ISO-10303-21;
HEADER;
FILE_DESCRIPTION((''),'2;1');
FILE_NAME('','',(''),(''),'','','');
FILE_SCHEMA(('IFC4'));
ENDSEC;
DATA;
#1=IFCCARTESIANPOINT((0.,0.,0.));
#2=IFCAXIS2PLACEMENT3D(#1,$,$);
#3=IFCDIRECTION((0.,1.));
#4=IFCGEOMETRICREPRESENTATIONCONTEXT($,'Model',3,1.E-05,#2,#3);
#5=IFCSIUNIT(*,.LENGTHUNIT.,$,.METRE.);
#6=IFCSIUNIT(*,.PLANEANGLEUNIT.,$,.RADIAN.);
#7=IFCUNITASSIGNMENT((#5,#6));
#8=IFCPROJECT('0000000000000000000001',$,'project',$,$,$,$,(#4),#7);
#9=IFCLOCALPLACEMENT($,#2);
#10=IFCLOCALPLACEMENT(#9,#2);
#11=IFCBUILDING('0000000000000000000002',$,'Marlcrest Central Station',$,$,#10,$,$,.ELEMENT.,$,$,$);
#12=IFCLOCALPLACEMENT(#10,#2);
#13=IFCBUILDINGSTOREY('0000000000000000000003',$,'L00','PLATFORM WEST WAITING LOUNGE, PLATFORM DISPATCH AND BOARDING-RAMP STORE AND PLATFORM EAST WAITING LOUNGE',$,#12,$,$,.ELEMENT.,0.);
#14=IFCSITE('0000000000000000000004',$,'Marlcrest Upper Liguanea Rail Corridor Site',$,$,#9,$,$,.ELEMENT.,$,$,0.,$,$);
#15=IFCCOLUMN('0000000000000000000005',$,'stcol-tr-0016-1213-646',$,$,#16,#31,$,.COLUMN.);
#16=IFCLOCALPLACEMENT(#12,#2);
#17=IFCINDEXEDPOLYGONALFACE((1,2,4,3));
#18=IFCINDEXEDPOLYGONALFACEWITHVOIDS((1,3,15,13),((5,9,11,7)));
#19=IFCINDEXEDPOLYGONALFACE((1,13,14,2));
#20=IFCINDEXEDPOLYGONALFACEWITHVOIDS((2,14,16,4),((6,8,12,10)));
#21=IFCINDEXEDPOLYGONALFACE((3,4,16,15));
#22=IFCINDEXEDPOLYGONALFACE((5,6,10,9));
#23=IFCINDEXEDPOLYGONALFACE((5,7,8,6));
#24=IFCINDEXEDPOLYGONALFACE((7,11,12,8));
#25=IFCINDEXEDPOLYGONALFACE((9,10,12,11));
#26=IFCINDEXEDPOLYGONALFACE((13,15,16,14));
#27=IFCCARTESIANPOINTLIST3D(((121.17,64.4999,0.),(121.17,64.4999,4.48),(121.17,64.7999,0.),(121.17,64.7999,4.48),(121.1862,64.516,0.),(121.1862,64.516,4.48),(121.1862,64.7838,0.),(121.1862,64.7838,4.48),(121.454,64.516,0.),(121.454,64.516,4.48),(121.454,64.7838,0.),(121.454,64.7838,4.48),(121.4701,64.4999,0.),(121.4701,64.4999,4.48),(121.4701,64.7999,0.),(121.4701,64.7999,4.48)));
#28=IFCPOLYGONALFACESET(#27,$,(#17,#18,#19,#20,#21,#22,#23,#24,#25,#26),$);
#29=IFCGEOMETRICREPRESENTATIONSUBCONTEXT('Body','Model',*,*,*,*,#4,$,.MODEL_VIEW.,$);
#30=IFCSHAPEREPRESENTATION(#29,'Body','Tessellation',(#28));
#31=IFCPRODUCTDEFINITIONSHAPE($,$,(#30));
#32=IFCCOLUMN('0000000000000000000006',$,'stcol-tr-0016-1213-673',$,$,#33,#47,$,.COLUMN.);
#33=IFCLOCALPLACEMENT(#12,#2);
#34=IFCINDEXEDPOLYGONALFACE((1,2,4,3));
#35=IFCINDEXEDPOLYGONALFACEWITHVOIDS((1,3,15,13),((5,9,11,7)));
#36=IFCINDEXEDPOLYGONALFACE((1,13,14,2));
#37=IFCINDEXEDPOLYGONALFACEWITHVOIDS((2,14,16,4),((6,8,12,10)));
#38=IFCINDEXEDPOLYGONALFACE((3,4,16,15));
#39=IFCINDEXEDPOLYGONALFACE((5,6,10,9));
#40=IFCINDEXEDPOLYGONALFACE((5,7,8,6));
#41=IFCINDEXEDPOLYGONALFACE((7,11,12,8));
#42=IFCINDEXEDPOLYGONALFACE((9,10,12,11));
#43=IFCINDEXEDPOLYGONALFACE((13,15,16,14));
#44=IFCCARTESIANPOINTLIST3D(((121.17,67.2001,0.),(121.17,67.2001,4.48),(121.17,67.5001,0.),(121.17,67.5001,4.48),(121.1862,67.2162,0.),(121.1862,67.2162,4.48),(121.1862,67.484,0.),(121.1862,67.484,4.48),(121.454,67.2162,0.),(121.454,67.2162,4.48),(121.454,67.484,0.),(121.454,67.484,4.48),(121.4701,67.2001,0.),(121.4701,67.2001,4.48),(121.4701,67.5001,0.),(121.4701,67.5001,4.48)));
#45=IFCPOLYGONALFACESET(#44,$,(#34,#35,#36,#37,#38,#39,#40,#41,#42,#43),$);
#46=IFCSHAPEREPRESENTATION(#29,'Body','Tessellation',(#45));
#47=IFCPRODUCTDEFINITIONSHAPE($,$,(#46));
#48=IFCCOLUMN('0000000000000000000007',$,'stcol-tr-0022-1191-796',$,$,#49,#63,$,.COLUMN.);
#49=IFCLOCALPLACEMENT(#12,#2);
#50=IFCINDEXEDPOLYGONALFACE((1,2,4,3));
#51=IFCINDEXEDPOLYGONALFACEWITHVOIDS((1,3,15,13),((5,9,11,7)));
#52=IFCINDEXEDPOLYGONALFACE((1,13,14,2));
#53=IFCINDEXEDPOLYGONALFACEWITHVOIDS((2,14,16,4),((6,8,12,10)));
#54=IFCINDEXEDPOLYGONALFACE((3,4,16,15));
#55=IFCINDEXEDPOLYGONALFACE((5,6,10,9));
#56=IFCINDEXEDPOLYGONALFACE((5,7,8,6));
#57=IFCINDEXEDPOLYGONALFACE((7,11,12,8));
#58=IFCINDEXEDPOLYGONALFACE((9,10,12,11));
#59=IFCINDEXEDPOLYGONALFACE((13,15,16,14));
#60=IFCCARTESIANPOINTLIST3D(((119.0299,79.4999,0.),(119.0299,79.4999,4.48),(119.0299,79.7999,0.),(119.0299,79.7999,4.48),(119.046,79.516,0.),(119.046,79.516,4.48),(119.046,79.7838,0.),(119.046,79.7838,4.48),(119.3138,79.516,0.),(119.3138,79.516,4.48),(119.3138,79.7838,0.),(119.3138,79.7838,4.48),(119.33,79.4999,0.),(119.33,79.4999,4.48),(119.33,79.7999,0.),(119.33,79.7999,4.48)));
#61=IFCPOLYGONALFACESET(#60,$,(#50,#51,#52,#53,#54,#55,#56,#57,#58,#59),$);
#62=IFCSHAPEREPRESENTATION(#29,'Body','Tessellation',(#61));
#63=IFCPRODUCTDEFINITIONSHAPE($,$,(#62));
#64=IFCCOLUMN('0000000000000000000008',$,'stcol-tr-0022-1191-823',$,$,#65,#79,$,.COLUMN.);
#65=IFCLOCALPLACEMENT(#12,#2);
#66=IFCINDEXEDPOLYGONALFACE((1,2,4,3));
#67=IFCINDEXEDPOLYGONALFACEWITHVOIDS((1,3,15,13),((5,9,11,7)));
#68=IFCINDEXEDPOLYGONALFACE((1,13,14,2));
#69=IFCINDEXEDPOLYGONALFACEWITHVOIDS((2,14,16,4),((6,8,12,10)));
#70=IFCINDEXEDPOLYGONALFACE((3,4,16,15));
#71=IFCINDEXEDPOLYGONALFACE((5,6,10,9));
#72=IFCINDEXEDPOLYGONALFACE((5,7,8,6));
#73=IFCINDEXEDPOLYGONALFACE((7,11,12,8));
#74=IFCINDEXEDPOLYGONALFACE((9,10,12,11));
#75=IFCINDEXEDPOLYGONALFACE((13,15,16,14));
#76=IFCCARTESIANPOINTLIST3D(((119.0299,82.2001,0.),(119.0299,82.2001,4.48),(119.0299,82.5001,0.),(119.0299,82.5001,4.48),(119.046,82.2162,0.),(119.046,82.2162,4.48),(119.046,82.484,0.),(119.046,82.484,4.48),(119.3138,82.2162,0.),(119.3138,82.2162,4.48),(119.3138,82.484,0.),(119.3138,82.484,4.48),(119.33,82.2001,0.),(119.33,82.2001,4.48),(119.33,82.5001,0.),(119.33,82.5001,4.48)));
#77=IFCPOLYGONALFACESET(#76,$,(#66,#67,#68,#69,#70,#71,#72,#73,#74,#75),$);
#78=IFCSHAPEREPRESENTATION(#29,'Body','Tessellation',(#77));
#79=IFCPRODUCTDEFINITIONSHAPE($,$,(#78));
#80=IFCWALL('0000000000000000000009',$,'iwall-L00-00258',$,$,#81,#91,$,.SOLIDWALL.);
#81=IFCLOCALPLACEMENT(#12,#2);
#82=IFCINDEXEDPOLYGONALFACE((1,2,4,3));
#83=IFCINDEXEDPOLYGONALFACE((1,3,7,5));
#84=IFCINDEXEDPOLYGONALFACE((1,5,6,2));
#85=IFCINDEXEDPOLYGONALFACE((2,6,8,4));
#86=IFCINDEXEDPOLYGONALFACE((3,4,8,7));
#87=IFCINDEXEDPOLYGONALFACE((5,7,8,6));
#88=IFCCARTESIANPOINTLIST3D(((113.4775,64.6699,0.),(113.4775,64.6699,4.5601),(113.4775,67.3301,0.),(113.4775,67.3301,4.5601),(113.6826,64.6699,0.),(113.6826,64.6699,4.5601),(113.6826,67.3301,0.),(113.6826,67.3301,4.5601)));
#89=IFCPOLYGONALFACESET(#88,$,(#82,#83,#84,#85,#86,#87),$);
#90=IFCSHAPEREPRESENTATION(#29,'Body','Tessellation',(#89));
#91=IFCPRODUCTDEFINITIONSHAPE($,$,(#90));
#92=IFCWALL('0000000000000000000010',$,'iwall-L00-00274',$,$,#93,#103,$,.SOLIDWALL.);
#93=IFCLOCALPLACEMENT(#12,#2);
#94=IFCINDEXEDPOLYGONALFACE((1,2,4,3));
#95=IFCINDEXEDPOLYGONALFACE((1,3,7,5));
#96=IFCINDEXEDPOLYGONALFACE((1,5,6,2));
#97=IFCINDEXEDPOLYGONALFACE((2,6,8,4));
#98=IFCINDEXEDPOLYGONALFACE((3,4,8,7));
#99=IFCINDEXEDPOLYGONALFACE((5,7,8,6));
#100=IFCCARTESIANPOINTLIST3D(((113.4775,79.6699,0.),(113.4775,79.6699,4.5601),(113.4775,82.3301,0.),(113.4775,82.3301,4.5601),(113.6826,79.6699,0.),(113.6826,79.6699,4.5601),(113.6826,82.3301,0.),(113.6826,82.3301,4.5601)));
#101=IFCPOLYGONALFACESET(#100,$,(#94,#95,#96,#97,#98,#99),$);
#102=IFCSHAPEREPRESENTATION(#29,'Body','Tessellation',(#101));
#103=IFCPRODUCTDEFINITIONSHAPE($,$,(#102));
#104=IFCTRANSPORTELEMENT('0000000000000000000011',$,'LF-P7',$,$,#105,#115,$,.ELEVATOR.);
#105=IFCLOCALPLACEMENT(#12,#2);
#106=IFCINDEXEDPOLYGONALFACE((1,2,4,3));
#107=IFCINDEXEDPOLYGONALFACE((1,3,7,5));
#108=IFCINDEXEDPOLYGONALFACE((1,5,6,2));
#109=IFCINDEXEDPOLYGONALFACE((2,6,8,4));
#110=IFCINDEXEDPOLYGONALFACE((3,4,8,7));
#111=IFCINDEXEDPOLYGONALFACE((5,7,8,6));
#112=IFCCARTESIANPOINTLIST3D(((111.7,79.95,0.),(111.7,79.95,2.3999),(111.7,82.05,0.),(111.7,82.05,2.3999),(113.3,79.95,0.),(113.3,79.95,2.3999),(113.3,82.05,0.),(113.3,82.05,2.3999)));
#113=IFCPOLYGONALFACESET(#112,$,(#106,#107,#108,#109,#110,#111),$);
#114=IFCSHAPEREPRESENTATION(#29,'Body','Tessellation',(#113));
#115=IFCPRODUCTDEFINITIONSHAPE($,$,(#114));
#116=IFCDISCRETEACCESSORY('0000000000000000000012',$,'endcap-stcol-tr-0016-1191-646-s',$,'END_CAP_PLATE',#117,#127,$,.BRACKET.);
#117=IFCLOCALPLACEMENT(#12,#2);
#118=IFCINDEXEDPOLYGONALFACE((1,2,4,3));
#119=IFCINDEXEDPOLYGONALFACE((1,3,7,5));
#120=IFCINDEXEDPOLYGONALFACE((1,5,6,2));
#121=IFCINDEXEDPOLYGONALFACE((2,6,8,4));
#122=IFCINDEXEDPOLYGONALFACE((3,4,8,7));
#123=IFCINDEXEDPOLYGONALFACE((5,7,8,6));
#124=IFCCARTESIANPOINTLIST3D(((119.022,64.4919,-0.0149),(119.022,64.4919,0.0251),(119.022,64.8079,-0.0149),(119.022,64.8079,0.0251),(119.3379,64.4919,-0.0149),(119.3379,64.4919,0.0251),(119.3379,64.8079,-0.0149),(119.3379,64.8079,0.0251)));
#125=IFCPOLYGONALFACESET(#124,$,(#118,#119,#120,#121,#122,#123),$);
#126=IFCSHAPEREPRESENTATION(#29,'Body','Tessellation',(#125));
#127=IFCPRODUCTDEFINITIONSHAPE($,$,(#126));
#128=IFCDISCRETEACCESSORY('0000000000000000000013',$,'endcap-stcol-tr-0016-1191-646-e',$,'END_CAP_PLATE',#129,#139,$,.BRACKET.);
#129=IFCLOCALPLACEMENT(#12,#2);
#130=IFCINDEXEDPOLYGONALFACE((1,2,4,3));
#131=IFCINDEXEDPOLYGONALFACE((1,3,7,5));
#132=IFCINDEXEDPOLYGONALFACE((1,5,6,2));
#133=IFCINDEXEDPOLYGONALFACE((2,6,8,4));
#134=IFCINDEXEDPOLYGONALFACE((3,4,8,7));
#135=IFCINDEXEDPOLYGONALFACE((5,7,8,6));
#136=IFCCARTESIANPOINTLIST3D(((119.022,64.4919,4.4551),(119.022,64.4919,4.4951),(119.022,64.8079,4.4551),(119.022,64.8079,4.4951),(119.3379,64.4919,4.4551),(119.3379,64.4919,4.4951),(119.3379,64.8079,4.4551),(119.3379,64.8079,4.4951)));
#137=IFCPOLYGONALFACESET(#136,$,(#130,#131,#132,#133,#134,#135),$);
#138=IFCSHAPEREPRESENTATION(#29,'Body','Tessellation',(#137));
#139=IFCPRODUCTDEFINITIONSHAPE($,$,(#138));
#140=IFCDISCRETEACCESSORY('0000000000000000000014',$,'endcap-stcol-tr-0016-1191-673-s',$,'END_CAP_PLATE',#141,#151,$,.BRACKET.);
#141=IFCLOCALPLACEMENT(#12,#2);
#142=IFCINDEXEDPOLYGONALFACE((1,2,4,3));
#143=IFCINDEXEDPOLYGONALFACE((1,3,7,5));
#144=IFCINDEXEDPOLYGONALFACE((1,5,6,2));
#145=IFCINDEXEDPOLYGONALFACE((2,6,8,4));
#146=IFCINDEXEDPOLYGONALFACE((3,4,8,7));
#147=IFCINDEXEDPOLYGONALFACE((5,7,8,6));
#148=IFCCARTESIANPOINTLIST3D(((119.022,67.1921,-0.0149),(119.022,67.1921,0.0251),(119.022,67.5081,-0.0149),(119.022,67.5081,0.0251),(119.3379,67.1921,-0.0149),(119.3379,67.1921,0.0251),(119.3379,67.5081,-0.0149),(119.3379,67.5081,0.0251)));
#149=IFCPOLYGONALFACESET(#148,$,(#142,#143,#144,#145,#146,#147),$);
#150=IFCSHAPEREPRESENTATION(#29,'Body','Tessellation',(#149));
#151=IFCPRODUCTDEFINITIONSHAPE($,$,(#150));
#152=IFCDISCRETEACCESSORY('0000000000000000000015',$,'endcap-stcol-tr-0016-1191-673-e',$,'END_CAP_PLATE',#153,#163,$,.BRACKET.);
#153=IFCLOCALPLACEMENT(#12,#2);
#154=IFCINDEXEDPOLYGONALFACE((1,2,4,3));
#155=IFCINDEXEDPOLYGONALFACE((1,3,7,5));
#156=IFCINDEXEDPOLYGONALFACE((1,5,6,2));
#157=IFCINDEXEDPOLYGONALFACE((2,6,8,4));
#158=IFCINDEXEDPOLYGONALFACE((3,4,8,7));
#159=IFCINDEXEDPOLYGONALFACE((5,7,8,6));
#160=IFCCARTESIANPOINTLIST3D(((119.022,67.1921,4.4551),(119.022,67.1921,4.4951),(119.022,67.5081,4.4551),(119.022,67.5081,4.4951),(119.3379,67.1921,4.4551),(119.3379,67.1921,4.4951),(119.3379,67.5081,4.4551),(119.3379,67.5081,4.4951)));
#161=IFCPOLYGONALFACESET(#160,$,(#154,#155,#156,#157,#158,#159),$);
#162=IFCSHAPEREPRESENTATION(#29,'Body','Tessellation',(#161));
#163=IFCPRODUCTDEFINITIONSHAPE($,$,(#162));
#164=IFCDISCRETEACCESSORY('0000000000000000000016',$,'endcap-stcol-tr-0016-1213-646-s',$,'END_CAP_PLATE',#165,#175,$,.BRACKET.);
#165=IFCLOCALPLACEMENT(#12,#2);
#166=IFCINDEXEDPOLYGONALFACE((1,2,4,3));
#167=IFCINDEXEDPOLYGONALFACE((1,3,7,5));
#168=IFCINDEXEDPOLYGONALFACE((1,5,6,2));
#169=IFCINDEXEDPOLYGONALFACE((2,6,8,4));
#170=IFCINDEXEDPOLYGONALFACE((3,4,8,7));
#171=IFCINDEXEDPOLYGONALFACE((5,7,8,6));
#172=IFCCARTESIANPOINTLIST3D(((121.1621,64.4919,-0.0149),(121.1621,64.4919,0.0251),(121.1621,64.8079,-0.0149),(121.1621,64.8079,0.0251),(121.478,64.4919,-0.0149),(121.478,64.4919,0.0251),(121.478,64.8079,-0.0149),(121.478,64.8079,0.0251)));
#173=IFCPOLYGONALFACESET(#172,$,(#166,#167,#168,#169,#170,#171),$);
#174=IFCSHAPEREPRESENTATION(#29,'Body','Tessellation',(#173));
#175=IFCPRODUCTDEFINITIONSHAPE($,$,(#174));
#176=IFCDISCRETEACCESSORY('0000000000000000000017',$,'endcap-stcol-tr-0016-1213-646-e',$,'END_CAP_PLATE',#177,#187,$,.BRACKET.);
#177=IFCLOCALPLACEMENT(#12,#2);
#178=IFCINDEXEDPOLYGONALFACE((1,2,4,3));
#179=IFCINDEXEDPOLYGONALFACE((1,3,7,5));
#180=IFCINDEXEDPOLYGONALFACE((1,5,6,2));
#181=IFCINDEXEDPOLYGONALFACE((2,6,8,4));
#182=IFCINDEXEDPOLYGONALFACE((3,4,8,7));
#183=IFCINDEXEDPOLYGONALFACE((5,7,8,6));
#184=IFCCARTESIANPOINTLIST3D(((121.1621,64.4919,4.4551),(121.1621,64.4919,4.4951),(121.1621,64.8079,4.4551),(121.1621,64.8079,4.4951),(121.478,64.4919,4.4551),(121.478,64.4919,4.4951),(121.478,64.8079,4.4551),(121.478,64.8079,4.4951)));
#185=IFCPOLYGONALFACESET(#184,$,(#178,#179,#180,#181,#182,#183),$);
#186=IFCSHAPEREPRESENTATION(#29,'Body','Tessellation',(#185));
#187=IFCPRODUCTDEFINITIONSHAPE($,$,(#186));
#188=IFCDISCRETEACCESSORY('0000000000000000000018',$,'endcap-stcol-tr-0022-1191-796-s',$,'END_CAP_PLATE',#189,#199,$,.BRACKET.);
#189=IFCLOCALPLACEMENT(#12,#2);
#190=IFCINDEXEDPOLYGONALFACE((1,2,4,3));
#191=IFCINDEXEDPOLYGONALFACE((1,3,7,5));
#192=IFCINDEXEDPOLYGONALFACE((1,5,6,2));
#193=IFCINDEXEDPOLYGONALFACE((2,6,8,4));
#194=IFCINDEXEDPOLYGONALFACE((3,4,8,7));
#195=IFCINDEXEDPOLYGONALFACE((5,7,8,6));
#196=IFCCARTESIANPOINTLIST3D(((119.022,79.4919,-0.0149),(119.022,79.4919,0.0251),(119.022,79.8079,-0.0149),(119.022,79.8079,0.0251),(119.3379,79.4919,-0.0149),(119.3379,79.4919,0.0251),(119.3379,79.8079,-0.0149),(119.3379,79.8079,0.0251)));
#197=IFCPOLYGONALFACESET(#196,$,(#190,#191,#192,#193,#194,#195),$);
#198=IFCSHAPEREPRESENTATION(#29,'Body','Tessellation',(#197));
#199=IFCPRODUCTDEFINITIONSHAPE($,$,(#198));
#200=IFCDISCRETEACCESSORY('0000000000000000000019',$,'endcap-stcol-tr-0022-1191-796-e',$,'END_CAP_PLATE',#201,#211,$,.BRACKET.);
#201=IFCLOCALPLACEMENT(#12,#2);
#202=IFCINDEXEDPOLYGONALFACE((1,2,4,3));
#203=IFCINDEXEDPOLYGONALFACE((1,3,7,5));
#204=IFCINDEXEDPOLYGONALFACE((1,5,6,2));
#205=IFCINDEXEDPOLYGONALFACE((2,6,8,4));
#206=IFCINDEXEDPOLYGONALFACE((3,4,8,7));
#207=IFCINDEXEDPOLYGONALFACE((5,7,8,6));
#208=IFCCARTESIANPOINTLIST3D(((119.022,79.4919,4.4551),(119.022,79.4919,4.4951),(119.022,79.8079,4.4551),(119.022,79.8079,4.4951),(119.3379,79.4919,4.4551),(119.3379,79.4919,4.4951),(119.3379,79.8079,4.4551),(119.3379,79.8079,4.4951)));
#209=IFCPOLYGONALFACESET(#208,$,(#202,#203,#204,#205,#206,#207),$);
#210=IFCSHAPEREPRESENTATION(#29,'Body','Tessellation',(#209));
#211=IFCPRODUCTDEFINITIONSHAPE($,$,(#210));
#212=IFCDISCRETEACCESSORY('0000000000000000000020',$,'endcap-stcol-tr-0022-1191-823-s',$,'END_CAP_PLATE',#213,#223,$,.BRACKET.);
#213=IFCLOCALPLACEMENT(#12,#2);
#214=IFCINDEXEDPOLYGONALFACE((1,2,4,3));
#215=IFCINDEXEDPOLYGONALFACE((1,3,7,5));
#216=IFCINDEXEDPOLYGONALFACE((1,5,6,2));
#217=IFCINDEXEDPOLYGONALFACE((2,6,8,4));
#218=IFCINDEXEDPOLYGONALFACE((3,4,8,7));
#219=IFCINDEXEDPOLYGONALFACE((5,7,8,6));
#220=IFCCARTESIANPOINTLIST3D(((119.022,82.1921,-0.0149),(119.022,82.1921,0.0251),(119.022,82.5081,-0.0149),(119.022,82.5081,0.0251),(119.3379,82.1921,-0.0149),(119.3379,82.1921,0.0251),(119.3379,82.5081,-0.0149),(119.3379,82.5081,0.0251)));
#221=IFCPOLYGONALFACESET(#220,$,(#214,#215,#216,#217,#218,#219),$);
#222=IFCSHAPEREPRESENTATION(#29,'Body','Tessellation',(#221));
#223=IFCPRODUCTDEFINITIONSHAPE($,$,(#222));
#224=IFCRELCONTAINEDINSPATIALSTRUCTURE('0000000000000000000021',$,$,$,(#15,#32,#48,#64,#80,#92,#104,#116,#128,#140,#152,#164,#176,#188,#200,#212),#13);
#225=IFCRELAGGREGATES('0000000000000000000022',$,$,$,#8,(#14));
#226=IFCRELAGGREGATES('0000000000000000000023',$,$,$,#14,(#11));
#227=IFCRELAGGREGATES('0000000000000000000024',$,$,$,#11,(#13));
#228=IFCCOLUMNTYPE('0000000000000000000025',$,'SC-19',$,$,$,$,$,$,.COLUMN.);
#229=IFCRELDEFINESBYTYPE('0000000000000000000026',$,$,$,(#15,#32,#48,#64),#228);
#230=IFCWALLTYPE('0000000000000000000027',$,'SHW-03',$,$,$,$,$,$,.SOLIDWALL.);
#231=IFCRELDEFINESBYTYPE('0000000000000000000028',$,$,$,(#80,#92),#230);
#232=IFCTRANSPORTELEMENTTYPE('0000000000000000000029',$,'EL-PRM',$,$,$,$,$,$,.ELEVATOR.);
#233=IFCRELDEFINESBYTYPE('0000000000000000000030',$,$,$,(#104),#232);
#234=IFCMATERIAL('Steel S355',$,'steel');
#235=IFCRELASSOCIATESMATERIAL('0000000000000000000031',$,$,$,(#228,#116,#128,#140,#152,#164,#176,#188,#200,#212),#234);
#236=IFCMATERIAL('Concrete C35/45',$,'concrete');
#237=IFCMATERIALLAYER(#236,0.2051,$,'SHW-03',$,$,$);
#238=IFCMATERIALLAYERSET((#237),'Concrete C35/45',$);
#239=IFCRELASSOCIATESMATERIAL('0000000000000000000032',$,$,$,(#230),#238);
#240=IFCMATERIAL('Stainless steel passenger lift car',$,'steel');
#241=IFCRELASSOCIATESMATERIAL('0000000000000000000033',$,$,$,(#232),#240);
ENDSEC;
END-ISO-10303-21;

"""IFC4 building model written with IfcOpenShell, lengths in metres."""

from ifc_helpers import new_model, si_unit, direction, frame, frame_2d, origin, origin_2d, place, context, subcontext, project, spatial, rectangle, hollow_rectangle, extrude, material, layer, layer_set, material_profile, profile_set, type_object, element, save


model = new_model("IFC4")

# Units and contexts
model_context = context("Model", 3, precision=1e-05, world=origin(), true_north=direction((0.0, 1.0)))
body_context = subcontext(model_context, "Body", "Model", "MODEL_VIEW")
ifc_project = project(units=[si_unit("LENGTHUNIT", "METRE"), si_unit("PLANEANGLEUNIT", "RADIAN")], contexts=[model_context])

# Site, building, storey
site_placement = place(None, origin())
site = spatial("IfcSite", under=ifc_project, at=site_placement, Name="Marlcrest Upper Liguanea Rail Corridor Site", CompositionType="ELEMENT", RefElevation=0.0)
building_placement = place(site_placement, origin())
building = spatial("IfcBuilding", under=site, at=building_placement, Name="Marlcrest Central Station", CompositionType="ELEMENT")
storey_placement = place(building_placement, origin())
storey = spatial("IfcBuildingStorey", under=building, at=storey_placement, Name="L00", Description="PLATFORM WEST WAITING LOUNGE, PLATFORM DISPATCH AND BOARDING-RAMP STORE AND PLATFORM EAST WAITING LOUNGE", CompositionType="ELEMENT", Elevation=0.0)

# Shared definitions
ifc_material_1 = material(Name="Concrete C35/45", Category="concrete")

# Columns
ifc_material_2 = material(Name="Steel S355", Category="steel")
ifc_material_profile_1 = material_profile(ifc_material_2, hollow_rectangle(XDim=0.3, YDim=0.3, WallThickness=0.0161, at=origin_2d()), Name="SHS 300x300x16")
ifc_profile_set_1 = profile_set([ifc_material_profile_1], Name="Steel S355")
column_type_1 = type_object("IfcColumnType", Name="SC-19", PredefinedType="COLUMN", material=ifc_profile_set_1)
for number, where, z_axis, x_axis, name in (
    (1, (121.3201, 64.6499, 0.0), (0.0, 0.0, 1.0), (1.0, 0.0, 0.0), "stcol-tr-0016-1213-646"),
    (2, (121.3201, 67.3501, 0.0), (0.0, 0.0, 1.0), (1.0, 0.0, 0.0), "stcol-tr-0016-1213-673"),
    (3, (119.1799, 79.6499, 0.0), (0.0, 0.0, 1.0), (1.0, 0.0, 0.0), "stcol-tr-0022-1191-796"),
    (4, (119.1799, 82.3501, 0.0), (0.0, 0.0, 1.0), (1.0, 0.0, 0.0), "stcol-tr-0022-1191-823"),
):
    element("IfcColumn", number, at=place(storey_placement, frame(where, z_axis=z_axis, x_axis=x_axis)), inside=storey, type_object=column_type_1, Name=name, PredefinedType="COLUMN", context=body_context, shape_type="SweptSolid", body=[
        extrude(hollow_rectangle(XDim=0.3, YDim=0.3, WallThickness=0.0161, at=origin_2d()), origin(), (0.0, 0.0, 1.0), 4.48),
    ])

# Shared definitions
ifc_layer = layer(ifc_material_1, 0.2051, Name="SHW-03")
ifc_layer_set = layer_set([ifc_layer], Name="Concrete C35/45")
wall_type = type_object("IfcWallType", Name="SHW-03", PredefinedType="SOLIDWALL", material=ifc_layer_set)

# Wall
wall_1_placement = place(storey_placement, frame((113.5801, 67.3301, 0.0), z_axis=(0.0, 0.0, 1.0), x_axis=(0.0, -1.0, 0.0)))
element("IfcWall", 5, at=wall_1_placement, inside=storey, type_object=wall_type, Name="iwall-L00-00258", PredefinedType="SOLIDWALL", context=body_context, shape_type="SweptSolid", body=[
    extrude(rectangle(XDim=2.6602, YDim=0.2051, at=frame_2d((1.3301, 0.0))), origin(), (0.0, 0.0, 1.0), 4.5601),
])

# Wall
wall_2_placement = place(storey_placement, frame((113.5801, 82.3301, 0.0), z_axis=(0.0, 0.0, 1.0), x_axis=(0.0, -1.0, 0.0)))
element("IfcWall", 6, at=wall_2_placement, inside=storey, type_object=wall_type, Name="iwall-L00-00274", PredefinedType="SOLIDWALL", context=body_context, shape_type="SweptSolid", body=[
    extrude(rectangle(XDim=2.6602, YDim=0.2051, at=frame_2d((1.3301, 0.0))), origin(), (0.0, 0.0, 1.0), 4.5601),
])

# Transport element
ifc_material_3 = material(Name="Stainless steel passenger lift car", Category="steel")
transport_element_type = type_object("IfcTransportElementType", Name="EL-PRM", PredefinedType="ELEVATOR", material=ifc_material_3)
transport_element_placement = place(storey_placement, frame((112.5, 81.0, 0.0), z_axis=(0.0, 0.0, 1.0), x_axis=(1.0, 0.0, 0.0)))
element("IfcTransportElement", 7, at=transport_element_placement, inside=storey, type_object=transport_element_type, Name="LF-P7", PredefinedType="ELEVATOR", context=body_context, shape_type="SweptSolid", body=[
    extrude(rectangle(XDim=1.6001, YDim=2.1001, at=origin_2d()), origin(), (0.0, 0.0, 1.0), 2.3999),
])

# Discrete accessories
for number, where, z_axis, x_axis, name in (
    (8, (119.1799, 64.6499, -0.0149), (0.0, 0.0, 1.0), (1.0, 0.0, 0.0), "endcap-stcol-tr-0016-1191-646-s"),
    (9, (119.1799, 64.6499, 4.4551), (0.0, 0.0, 1.0), (1.0, 0.0, 0.0), "endcap-stcol-tr-0016-1191-646-e"),
    (10, (119.1799, 67.3501, -0.0149), (0.0, 0.0, 1.0), (1.0, 0.0, 0.0), "endcap-stcol-tr-0016-1191-673-s"),
    (11, (119.1799, 67.3501, 4.4551), (0.0, 0.0, 1.0), (1.0, 0.0, 0.0), "endcap-stcol-tr-0016-1191-673-e"),
    (12, (121.3201, 64.6499, -0.0149), (0.0, 0.0, 1.0), (1.0, 0.0, 0.0), "endcap-stcol-tr-0016-1213-646-s"),
    (13, (121.3201, 64.6499, 4.4551), (0.0, 0.0, 1.0), (1.0, 0.0, 0.0), "endcap-stcol-tr-0016-1213-646-e"),
    (14, (119.1799, 79.6499, -0.0149), (0.0, 0.0, 1.0), (1.0, 0.0, 0.0), "endcap-stcol-tr-0022-1191-796-s"),
    (15, (119.1799, 79.6499, 4.4551), (0.0, 0.0, 1.0), (1.0, 0.0, 0.0), "endcap-stcol-tr-0022-1191-796-e"),
    (16, (119.1799, 82.3501, -0.0149), (0.0, 0.0, 1.0), (1.0, 0.0, 0.0), "endcap-stcol-tr-0022-1191-823-s"),
):
    element("IfcDiscreteAccessory", number, at=place(storey_placement, frame(where, z_axis=z_axis, x_axis=x_axis)), inside=storey, material=ifc_material_2, Name=name, ObjectType="END_CAP_PLATE", PredefinedType="BRACKET", context=body_context, shape_type="SweptSolid", body=[
        extrude(rectangle(XDim=0.3159, YDim=0.3159, at=origin_2d()), origin(), (0.0, 0.0, 1.0), 0.04),
    ])

save(model, "model.ifc")
